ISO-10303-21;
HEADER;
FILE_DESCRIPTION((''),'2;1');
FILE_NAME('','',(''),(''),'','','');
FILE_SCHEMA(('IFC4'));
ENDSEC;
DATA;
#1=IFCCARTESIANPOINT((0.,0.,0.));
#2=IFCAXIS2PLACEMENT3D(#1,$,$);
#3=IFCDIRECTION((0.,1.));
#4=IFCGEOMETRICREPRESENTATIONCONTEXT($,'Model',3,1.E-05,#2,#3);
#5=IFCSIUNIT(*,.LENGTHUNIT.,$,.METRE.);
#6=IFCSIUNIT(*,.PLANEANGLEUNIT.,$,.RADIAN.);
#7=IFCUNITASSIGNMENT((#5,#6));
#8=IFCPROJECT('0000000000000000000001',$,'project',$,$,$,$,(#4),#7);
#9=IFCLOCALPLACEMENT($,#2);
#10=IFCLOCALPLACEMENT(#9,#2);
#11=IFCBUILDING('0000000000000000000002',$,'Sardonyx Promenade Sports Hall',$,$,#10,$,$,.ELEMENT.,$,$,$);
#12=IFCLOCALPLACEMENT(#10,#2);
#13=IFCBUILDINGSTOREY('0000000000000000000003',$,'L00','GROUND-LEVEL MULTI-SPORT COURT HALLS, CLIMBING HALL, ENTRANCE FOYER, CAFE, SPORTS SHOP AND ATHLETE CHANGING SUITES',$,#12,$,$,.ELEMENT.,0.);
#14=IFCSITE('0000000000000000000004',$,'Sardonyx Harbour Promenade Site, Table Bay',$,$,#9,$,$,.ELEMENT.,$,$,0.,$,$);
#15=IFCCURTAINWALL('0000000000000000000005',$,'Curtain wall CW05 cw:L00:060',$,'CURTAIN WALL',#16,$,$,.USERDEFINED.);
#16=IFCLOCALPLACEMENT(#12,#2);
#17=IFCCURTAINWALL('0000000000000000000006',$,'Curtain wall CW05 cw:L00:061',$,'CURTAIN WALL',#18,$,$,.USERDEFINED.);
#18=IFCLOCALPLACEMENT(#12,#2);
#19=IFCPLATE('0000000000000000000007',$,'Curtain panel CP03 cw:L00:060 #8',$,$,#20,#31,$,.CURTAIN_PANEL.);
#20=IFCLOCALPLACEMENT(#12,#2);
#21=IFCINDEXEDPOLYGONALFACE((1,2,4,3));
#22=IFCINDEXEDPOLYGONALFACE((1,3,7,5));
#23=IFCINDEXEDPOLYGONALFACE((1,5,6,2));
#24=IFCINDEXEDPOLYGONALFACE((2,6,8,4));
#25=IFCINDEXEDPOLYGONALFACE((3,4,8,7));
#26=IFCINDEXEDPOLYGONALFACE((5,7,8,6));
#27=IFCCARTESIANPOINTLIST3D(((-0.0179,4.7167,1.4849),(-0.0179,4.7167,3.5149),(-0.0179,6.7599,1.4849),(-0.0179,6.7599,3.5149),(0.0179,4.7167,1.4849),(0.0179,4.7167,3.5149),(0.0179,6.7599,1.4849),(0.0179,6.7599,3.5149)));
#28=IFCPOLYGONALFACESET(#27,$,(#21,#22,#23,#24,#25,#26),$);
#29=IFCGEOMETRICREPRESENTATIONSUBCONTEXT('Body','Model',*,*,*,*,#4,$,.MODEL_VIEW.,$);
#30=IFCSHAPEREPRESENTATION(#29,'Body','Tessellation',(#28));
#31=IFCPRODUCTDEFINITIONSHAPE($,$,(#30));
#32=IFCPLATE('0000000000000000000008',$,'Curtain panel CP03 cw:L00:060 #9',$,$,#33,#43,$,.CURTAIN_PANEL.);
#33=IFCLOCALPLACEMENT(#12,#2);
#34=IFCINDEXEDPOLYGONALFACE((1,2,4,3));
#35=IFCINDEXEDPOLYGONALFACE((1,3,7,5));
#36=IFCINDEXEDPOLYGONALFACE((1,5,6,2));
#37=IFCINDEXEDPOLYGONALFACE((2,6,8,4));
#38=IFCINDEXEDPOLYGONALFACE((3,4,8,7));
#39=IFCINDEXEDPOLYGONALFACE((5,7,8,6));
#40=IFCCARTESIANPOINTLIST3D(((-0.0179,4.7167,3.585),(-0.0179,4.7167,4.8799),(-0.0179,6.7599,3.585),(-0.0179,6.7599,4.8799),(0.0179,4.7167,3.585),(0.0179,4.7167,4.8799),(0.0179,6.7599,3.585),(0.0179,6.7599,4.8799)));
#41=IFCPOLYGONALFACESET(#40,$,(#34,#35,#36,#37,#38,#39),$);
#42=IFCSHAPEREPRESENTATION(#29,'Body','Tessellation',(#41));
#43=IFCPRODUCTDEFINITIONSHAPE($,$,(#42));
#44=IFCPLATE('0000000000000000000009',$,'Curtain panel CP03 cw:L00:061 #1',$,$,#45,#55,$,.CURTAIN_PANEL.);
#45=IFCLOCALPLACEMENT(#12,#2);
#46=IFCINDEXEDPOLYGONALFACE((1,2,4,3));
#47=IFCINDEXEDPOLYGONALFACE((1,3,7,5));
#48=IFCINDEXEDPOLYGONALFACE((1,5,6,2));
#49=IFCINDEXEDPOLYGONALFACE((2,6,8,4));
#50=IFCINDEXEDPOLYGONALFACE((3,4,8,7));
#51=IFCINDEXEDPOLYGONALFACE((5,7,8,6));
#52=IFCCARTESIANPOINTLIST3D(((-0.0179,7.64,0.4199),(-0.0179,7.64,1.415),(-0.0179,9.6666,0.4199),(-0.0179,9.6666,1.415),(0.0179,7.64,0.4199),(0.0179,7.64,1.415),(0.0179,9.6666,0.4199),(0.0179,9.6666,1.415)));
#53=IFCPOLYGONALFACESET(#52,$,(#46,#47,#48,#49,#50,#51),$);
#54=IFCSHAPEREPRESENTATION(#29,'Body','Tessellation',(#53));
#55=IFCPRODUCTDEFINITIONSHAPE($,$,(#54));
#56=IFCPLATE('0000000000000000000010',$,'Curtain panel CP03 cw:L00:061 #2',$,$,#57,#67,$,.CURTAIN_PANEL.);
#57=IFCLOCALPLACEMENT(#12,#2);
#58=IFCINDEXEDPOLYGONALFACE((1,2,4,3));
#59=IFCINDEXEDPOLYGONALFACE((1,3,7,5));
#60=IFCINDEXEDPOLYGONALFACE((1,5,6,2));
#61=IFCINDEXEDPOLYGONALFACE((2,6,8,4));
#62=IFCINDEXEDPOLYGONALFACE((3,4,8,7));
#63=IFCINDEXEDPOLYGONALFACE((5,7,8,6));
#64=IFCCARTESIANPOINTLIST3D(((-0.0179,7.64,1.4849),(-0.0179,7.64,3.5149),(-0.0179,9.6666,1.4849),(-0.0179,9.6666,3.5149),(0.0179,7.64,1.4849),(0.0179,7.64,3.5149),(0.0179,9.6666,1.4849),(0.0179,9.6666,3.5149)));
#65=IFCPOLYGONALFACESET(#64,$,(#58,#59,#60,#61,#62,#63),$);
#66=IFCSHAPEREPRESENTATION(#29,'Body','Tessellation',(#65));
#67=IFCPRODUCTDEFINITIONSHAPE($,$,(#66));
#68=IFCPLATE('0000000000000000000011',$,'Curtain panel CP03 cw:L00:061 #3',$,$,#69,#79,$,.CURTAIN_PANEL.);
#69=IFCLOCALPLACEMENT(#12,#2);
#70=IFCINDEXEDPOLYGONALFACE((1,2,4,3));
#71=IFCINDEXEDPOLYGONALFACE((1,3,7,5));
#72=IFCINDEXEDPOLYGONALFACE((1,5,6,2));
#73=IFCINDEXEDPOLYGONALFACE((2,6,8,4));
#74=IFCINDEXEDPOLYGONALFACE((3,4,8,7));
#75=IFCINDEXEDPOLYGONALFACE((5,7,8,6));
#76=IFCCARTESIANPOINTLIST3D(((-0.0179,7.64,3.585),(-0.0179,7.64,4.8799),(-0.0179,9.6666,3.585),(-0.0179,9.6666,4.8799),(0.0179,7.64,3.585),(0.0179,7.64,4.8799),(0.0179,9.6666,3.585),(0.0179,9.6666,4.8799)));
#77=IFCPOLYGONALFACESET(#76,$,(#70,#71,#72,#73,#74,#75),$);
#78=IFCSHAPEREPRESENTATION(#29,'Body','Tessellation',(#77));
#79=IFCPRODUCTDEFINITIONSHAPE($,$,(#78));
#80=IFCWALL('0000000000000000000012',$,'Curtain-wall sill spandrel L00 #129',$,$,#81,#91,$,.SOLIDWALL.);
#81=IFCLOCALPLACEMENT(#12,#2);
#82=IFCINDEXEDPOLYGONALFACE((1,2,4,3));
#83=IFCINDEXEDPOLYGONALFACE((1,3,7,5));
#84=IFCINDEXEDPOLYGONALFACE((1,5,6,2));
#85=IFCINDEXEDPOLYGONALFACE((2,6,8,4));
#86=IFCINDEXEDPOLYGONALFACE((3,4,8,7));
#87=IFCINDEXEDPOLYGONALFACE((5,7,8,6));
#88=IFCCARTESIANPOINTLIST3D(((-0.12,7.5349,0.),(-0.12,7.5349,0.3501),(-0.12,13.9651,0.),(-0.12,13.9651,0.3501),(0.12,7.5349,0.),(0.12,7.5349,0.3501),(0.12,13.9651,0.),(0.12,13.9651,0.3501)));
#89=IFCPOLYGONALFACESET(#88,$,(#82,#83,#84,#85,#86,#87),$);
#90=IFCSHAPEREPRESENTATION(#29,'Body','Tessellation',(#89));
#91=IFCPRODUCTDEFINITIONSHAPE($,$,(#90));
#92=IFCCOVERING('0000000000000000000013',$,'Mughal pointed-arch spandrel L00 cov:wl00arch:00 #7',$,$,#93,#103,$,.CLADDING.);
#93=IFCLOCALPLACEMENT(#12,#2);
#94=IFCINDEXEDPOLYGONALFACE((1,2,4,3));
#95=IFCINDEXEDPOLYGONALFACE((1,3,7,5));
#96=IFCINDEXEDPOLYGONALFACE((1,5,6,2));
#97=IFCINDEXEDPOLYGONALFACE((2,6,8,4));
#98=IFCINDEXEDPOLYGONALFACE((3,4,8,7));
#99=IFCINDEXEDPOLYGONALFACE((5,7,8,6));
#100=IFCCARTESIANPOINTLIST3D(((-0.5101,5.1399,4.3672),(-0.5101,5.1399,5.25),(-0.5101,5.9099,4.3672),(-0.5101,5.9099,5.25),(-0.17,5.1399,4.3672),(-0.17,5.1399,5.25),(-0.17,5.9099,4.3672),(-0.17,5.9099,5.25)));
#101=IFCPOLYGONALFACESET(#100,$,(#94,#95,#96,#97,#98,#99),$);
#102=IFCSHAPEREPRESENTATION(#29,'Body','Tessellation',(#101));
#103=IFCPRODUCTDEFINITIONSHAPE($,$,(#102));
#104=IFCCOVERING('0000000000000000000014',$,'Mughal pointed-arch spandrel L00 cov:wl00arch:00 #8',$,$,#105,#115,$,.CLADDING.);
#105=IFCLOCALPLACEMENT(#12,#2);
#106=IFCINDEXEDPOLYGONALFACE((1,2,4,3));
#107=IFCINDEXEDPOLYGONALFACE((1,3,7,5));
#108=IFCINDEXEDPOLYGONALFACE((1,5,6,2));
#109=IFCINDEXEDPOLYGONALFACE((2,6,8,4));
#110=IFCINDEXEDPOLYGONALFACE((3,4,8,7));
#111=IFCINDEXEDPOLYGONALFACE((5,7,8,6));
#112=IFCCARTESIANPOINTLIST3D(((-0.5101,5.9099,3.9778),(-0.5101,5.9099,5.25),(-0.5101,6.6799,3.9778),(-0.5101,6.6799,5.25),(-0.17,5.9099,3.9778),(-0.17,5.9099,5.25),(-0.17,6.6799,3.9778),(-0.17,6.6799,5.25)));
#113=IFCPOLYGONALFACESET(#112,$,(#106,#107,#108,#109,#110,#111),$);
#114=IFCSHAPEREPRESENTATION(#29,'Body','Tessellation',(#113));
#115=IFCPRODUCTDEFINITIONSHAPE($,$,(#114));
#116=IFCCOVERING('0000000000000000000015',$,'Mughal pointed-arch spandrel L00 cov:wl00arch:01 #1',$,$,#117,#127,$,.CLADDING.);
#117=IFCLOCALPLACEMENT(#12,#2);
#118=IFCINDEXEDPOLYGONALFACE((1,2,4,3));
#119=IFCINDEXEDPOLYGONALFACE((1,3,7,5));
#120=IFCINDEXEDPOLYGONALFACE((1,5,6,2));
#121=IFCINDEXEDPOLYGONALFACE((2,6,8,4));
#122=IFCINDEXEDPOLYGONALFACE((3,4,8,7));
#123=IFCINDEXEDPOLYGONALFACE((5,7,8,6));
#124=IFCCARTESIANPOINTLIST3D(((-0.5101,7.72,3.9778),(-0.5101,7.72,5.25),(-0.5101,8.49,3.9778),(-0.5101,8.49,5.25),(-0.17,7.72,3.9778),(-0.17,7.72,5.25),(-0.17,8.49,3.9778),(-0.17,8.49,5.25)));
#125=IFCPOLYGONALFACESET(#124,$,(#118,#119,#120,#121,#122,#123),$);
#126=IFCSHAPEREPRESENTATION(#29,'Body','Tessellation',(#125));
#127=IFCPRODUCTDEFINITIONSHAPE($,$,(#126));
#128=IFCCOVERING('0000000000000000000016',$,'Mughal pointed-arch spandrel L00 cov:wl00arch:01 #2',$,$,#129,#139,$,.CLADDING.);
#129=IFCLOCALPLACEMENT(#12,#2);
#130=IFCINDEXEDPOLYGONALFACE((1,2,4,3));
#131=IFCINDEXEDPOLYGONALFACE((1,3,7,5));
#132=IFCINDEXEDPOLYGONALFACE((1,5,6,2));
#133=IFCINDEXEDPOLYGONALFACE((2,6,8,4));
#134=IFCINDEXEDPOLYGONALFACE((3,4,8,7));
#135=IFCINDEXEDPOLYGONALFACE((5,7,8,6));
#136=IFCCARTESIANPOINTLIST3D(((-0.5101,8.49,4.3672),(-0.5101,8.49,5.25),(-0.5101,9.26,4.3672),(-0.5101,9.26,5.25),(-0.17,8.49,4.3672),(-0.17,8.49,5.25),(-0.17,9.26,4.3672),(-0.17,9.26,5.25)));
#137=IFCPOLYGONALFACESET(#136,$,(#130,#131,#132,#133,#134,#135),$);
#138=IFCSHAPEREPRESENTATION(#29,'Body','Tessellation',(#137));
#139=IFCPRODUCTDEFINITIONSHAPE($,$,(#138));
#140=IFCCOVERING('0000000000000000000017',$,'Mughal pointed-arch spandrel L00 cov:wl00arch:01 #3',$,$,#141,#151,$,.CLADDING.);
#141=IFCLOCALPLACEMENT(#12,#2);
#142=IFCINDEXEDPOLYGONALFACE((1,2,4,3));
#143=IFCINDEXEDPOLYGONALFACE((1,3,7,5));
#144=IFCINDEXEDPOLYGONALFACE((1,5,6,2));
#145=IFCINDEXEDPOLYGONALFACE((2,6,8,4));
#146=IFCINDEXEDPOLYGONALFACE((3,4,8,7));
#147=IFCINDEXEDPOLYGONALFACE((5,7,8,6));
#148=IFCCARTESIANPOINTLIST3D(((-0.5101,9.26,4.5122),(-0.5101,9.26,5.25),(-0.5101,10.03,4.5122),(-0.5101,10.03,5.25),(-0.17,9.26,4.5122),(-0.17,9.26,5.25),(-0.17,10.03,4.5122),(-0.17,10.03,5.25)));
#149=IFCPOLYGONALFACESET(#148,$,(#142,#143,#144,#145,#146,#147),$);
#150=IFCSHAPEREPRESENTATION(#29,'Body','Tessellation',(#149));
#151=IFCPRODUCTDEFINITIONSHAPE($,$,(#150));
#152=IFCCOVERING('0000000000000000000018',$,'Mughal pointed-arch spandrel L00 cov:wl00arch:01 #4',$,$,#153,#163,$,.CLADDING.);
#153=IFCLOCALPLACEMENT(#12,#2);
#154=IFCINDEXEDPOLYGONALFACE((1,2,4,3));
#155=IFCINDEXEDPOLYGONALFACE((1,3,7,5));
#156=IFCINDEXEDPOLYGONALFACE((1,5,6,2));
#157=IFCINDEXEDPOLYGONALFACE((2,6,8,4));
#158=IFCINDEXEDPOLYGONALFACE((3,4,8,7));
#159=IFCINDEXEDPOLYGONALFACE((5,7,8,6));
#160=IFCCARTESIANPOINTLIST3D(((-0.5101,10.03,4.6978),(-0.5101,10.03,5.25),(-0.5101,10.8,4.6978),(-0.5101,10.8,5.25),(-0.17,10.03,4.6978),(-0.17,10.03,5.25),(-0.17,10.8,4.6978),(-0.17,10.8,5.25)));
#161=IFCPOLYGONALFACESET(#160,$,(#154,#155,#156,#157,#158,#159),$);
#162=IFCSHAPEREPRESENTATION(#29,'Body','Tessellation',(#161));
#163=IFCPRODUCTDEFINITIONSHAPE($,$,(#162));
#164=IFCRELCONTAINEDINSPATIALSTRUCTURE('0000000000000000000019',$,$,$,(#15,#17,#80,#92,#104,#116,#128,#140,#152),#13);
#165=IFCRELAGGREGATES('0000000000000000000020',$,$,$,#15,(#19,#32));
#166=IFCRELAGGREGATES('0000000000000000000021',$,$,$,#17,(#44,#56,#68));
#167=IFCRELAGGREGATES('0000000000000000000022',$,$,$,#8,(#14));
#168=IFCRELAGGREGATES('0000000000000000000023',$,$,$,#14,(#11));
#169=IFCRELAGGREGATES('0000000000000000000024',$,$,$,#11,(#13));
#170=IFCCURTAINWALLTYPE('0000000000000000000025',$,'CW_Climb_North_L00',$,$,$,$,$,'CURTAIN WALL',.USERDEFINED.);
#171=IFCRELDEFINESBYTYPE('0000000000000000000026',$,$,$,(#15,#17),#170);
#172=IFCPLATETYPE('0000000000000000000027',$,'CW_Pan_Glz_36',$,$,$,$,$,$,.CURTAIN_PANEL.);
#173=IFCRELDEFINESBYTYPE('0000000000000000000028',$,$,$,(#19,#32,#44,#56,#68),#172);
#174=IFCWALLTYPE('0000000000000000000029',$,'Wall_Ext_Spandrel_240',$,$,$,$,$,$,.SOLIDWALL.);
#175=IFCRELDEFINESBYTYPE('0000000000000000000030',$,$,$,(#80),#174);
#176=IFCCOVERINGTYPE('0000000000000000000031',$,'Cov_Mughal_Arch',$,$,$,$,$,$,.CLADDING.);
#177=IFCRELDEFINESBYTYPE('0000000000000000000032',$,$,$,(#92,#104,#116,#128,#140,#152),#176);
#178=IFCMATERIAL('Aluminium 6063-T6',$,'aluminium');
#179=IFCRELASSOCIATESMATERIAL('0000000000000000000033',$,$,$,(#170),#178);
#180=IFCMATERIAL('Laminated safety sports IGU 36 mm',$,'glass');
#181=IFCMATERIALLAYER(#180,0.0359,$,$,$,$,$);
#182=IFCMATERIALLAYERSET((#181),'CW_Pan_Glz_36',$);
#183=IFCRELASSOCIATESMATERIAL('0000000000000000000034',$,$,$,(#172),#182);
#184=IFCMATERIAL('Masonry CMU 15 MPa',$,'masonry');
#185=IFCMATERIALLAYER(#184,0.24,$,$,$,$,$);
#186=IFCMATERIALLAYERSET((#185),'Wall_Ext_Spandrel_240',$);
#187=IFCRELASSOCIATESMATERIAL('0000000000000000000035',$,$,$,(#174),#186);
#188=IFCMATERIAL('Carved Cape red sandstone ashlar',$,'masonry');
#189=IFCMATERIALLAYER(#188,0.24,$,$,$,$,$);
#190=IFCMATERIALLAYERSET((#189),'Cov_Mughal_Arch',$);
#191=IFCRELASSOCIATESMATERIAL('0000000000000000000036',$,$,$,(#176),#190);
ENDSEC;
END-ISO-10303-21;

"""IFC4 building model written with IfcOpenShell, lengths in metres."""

from ifc_helpers import new_model, si_unit, direction, frame, frame_2d, origin, origin_2d, place, context, subcontext, project, spatial, rectangle, extrude, material, layer, layer_set, type_object, element, aggregate, save


model = new_model("IFC4")

# Units and contexts
model_context = context("Model", 3, precision=1e-05, world=origin(), true_north=direction((0.0, 1.0)))
body_context = subcontext(model_context, "Body", "Model", "MODEL_VIEW")
ifc_project = project(units=[si_unit("LENGTHUNIT", "METRE"), si_unit("PLANEANGLEUNIT", "RADIAN")], contexts=[model_context])

# Site, building, storey
site_placement = place(None, origin())
site = spatial("IfcSite", under=ifc_project, at=site_placement, Name="Sardonyx Harbour Promenade Site, Table Bay", CompositionType="ELEMENT", RefElevation=0.0)
building_placement = place(site_placement, origin())
building = spatial("IfcBuilding", under=site, at=building_placement, Name="Sardonyx Promenade Sports Hall", CompositionType="ELEMENT")
storey_placement = place(building_placement, origin())
storey = spatial("IfcBuildingStorey", under=building, at=storey_placement, Name="L00", Description="GROUND-LEVEL MULTI-SPORT COURT HALLS, CLIMBING HALL, ENTRANCE FOYER, CAFE, SPORTS SHOP AND ATHLETE CHANGING SUITES", CompositionType="ELEMENT", Elevation=0.0)

# Curtain wall
ifc_material_1 = material(Name="Aluminium 6063-T6", Category="aluminium")
curtain_wall_type = type_object("IfcCurtainWallType", Name="CW_Climb_North_L00", ElementType="CURTAIN WALL", PredefinedType="USERDEFINED", material=ifc_material_1)
curtain_wall_1_placement = place(storey_placement, origin())
curtain_wall_1 = element("IfcCurtainWall", 1, at=curtain_wall_1_placement, inside=storey, type_object=curtain_wall_type, Name="Curtain wall CW05 cw:L00:060", ObjectType="CURTAIN WALL", PredefinedType="USERDEFINED")

# Curtain wall
curtain_wall_2_placement = place(storey_placement, origin())
curtain_wall_2 = element("IfcCurtainWall", 2, at=curtain_wall_2_placement, inside=storey, type_object=curtain_wall_type, Name="Curtain wall CW05 cw:L00:061", ObjectType="CURTAIN WALL", PredefinedType="USERDEFINED")

# Plates
ifc_material_2 = material(Name="Laminated safety sports IGU 36 mm", Category="glass")
ifc_layer_1 = layer(ifc_material_2, 0.0359)
ifc_layer_set_1 = layer_set([ifc_layer_1], Name="CW_Pan_Glz_36")
plate_type = type_object("IfcPlateType", Name="CW_Pan_Glz_36", PredefinedType="CURTAIN_PANEL", material=ifc_layer_set_1)
plate_1_placement = place(storey_placement, frame((0.0, 5.7383, 1.4849), z_axis=(0.0, 0.0, 1.0), x_axis=(0.0, 1.0, 0.0)))
plate_1 = element("IfcPlate", 3, at=plate_1_placement, type_object=plate_type, Name="Curtain panel CP03 cw:L00:060 #8", PredefinedType="CURTAIN_PANEL", context=body_context, shape_type="SweptSolid", body=[
    extrude(rectangle(XDim=2.0432, YDim=0.0359, at=origin_2d()), origin(), (0.0, 0.0, 1.0), 2.03),
])
plate_2_placement = place(storey_placement, frame((0.0, 5.7383, 3.585), z_axis=(0.0, 0.0, 1.0), x_axis=(0.0, 1.0, 0.0)))
plate_2 = element("IfcPlate", 4, at=plate_2_placement, type_object=plate_type, Name="Curtain panel CP03 cw:L00:060 #9", PredefinedType="CURTAIN_PANEL", context=body_context, shape_type="SweptSolid", body=[
    extrude(rectangle(XDim=2.0432, YDim=0.0359, at=origin_2d()), origin(), (0.0, 0.0, 1.0), 1.2949),
])
aggregate(curtain_wall_1, [plate_1, plate_2])
plate_3_placement = place(storey_placement, frame((0.0, 8.6533, 0.4199), z_axis=(0.0, 0.0, 1.0), x_axis=(0.0, 1.0, 0.0)))
plate_3 = element("IfcPlate", 5, at=plate_3_placement, type_object=plate_type, Name="Curtain panel CP03 cw:L00:061 #1", PredefinedType="CURTAIN_PANEL", context=body_context, shape_type="SweptSolid", body=[
    extrude(rectangle(XDim=2.0266, YDim=0.0359, at=origin_2d()), origin(), (0.0, 0.0, 1.0), 0.9951),
])
plate_4_placement = place(storey_placement, frame((0.0, 8.6533, 1.4849), z_axis=(0.0, 0.0, 1.0), x_axis=(0.0, 1.0, 0.0)))
plate_4 = element("IfcPlate", 6, at=plate_4_placement, type_object=plate_type, Name="Curtain panel CP03 cw:L00:061 #2", PredefinedType="CURTAIN_PANEL", context=body_context, shape_type="SweptSolid", body=[
    extrude(rectangle(XDim=2.0266, YDim=0.0359, at=origin_2d()), origin(), (0.0, 0.0, 1.0), 2.03),
])
plate_5_placement = place(storey_placement, frame((0.0, 8.6533, 3.585), z_axis=(0.0, 0.0, 1.0), x_axis=(0.0, 1.0, 0.0)))
plate_5 = element("IfcPlate", 7, at=plate_5_placement, type_object=plate_type, Name="Curtain panel CP03 cw:L00:061 #3", PredefinedType="CURTAIN_PANEL", context=body_context, shape_type="SweptSolid", body=[
    extrude(rectangle(XDim=2.0266, YDim=0.0359, at=origin_2d()), origin(), (0.0, 0.0, 1.0), 1.2949),
])
aggregate(curtain_wall_2, [plate_3, plate_4, plate_5])

# Wall
ifc_material_3 = material(Name="Masonry CMU 15 MPa", Category="masonry")
ifc_layer_2 = layer(ifc_material_3, 0.24)
ifc_layer_set_2 = layer_set([ifc_layer_2], Name="Wall_Ext_Spandrel_240")
wall_type = type_object("IfcWallType", Name="Wall_Ext_Spandrel_240", PredefinedType="SOLIDWALL", material=ifc_layer_set_2)
wall_placement = place(storey_placement, frame((0.0, 7.5349, 0.0), z_axis=(0.0, 0.0, 1.0), x_axis=(0.0, 1.0, 0.0)))
element("IfcWall", 8, at=wall_placement, inside=storey, type_object=wall_type, Name="Curtain-wall sill spandrel L00 #129", PredefinedType="SOLIDWALL", context=body_context, shape_type="SweptSolid", body=[
    extrude(rectangle(XDim=6.4302, YDim=0.24, at=frame_2d((3.2151, 0.0))), origin(), (0.0, 0.0, 1.0), 0.3501),
])

# Coverings
ifc_material_4 = material(Name="Carved Cape red sandstone ashlar", Category="masonry")
ifc_layer_3 = layer(ifc_material_4, 0.24)
ifc_layer_set_3 = layer_set([ifc_layer_3], Name="Cov_Mughal_Arch")
covering_type = type_object("IfcCoveringType", Name="Cov_Mughal_Arch", PredefinedType="CLADDING", material=ifc_layer_set_3)
covering_1_placement = place(storey_placement, frame((-0.3401, 5.1399, 4.3672), z_axis=(0.0, 0.0, 1.0), x_axis=(0.0, 1.0, 0.0)))
element("IfcCovering", 9, at=covering_1_placement, inside=storey, type_object=covering_type, Name="Mughal pointed-arch spandrel L00 cov:wl00arch:00 #7", PredefinedType="CLADDING", context=body_context, shape_type="SweptSolid", body=[
    extrude(rectangle(XDim=0.77, YDim=0.3401, at=frame_2d((0.385, 0.0))), origin(), (0.0, 0.0, 1.0), 0.8828),
])
for number, where, z_axis, x_axis, name in (
    (10, (-0.3401, 5.9099, 3.9778), (0.0, 0.0, 1.0), (0.0, 1.0, 0.0), "Mughal pointed-arch spandrel L00 cov:wl00arch:00 #8"),
    (11, (-0.3401, 7.72, 3.9778), (0.0, 0.0, 1.0), (0.0, 1.0, 0.0), "Mughal pointed-arch spandrel L00 cov:wl00arch:01 #1"),
):
    element("IfcCovering", number, at=place(storey_placement, frame(where, z_axis=z_axis, x_axis=x_axis)), inside=storey, type_object=covering_type, Name=name, PredefinedType="CLADDING", context=body_context, shape_type="SweptSolid", body=[
        extrude(rectangle(XDim=0.77, YDim=0.3401, at=frame_2d((0.385, 0.0))), origin(), (0.0, 0.0, 1.0), 1.2722),
    ])
covering_2_placement = place(storey_placement, frame((-0.3401, 8.49, 4.3672), z_axis=(0.0, 0.0, 1.0), x_axis=(0.0, 1.0, 0.0)))
element("IfcCovering", 12, at=covering_2_placement, inside=storey, type_object=covering_type, Name="Mughal pointed-arch spandrel L00 cov:wl00arch:01 #2", PredefinedType="CLADDING", context=body_context, shape_type="SweptSolid", body=[
    extrude(rectangle(XDim=0.77, YDim=0.3401, at=frame_2d((0.385, 0.0))), origin(), (0.0, 0.0, 1.0), 0.8828),
])
covering_3_placement = place(storey_placement, frame((-0.3401, 9.26, 4.5122), z_axis=(0.0, 0.0, 1.0), x_axis=(0.0, 1.0, 0.0)))
element("IfcCovering", 13, at=covering_3_placement, inside=storey, type_object=covering_type, Name="Mughal pointed-arch spandrel L00 cov:wl00arch:01 #3", PredefinedType="CLADDING", context=body_context, shape_type="SweptSolid", body=[
    extrude(rectangle(XDim=0.77, YDim=0.3401, at=frame_2d((0.385, 0.0))), origin(), (0.0, 0.0, 1.0), 0.7378),
])
covering_4_placement = place(storey_placement, frame((-0.3401, 10.03, 4.6978), z_axis=(0.0, 0.0, 1.0), x_axis=(0.0, 1.0, 0.0)))
element("IfcCovering", 14, at=covering_4_placement, inside=storey, type_object=covering_type, Name="Mughal pointed-arch spandrel L00 cov:wl00arch:01 #4", PredefinedType="CLADDING", context=body_context, shape_type="SweptSolid", body=[
    extrude(rectangle(XDim=0.77, YDim=0.3401, at=frame_2d((0.385, 0.0))), origin(), (0.0, 0.0, 1.0), 0.5522),
])

save(model, "model.ifc")
